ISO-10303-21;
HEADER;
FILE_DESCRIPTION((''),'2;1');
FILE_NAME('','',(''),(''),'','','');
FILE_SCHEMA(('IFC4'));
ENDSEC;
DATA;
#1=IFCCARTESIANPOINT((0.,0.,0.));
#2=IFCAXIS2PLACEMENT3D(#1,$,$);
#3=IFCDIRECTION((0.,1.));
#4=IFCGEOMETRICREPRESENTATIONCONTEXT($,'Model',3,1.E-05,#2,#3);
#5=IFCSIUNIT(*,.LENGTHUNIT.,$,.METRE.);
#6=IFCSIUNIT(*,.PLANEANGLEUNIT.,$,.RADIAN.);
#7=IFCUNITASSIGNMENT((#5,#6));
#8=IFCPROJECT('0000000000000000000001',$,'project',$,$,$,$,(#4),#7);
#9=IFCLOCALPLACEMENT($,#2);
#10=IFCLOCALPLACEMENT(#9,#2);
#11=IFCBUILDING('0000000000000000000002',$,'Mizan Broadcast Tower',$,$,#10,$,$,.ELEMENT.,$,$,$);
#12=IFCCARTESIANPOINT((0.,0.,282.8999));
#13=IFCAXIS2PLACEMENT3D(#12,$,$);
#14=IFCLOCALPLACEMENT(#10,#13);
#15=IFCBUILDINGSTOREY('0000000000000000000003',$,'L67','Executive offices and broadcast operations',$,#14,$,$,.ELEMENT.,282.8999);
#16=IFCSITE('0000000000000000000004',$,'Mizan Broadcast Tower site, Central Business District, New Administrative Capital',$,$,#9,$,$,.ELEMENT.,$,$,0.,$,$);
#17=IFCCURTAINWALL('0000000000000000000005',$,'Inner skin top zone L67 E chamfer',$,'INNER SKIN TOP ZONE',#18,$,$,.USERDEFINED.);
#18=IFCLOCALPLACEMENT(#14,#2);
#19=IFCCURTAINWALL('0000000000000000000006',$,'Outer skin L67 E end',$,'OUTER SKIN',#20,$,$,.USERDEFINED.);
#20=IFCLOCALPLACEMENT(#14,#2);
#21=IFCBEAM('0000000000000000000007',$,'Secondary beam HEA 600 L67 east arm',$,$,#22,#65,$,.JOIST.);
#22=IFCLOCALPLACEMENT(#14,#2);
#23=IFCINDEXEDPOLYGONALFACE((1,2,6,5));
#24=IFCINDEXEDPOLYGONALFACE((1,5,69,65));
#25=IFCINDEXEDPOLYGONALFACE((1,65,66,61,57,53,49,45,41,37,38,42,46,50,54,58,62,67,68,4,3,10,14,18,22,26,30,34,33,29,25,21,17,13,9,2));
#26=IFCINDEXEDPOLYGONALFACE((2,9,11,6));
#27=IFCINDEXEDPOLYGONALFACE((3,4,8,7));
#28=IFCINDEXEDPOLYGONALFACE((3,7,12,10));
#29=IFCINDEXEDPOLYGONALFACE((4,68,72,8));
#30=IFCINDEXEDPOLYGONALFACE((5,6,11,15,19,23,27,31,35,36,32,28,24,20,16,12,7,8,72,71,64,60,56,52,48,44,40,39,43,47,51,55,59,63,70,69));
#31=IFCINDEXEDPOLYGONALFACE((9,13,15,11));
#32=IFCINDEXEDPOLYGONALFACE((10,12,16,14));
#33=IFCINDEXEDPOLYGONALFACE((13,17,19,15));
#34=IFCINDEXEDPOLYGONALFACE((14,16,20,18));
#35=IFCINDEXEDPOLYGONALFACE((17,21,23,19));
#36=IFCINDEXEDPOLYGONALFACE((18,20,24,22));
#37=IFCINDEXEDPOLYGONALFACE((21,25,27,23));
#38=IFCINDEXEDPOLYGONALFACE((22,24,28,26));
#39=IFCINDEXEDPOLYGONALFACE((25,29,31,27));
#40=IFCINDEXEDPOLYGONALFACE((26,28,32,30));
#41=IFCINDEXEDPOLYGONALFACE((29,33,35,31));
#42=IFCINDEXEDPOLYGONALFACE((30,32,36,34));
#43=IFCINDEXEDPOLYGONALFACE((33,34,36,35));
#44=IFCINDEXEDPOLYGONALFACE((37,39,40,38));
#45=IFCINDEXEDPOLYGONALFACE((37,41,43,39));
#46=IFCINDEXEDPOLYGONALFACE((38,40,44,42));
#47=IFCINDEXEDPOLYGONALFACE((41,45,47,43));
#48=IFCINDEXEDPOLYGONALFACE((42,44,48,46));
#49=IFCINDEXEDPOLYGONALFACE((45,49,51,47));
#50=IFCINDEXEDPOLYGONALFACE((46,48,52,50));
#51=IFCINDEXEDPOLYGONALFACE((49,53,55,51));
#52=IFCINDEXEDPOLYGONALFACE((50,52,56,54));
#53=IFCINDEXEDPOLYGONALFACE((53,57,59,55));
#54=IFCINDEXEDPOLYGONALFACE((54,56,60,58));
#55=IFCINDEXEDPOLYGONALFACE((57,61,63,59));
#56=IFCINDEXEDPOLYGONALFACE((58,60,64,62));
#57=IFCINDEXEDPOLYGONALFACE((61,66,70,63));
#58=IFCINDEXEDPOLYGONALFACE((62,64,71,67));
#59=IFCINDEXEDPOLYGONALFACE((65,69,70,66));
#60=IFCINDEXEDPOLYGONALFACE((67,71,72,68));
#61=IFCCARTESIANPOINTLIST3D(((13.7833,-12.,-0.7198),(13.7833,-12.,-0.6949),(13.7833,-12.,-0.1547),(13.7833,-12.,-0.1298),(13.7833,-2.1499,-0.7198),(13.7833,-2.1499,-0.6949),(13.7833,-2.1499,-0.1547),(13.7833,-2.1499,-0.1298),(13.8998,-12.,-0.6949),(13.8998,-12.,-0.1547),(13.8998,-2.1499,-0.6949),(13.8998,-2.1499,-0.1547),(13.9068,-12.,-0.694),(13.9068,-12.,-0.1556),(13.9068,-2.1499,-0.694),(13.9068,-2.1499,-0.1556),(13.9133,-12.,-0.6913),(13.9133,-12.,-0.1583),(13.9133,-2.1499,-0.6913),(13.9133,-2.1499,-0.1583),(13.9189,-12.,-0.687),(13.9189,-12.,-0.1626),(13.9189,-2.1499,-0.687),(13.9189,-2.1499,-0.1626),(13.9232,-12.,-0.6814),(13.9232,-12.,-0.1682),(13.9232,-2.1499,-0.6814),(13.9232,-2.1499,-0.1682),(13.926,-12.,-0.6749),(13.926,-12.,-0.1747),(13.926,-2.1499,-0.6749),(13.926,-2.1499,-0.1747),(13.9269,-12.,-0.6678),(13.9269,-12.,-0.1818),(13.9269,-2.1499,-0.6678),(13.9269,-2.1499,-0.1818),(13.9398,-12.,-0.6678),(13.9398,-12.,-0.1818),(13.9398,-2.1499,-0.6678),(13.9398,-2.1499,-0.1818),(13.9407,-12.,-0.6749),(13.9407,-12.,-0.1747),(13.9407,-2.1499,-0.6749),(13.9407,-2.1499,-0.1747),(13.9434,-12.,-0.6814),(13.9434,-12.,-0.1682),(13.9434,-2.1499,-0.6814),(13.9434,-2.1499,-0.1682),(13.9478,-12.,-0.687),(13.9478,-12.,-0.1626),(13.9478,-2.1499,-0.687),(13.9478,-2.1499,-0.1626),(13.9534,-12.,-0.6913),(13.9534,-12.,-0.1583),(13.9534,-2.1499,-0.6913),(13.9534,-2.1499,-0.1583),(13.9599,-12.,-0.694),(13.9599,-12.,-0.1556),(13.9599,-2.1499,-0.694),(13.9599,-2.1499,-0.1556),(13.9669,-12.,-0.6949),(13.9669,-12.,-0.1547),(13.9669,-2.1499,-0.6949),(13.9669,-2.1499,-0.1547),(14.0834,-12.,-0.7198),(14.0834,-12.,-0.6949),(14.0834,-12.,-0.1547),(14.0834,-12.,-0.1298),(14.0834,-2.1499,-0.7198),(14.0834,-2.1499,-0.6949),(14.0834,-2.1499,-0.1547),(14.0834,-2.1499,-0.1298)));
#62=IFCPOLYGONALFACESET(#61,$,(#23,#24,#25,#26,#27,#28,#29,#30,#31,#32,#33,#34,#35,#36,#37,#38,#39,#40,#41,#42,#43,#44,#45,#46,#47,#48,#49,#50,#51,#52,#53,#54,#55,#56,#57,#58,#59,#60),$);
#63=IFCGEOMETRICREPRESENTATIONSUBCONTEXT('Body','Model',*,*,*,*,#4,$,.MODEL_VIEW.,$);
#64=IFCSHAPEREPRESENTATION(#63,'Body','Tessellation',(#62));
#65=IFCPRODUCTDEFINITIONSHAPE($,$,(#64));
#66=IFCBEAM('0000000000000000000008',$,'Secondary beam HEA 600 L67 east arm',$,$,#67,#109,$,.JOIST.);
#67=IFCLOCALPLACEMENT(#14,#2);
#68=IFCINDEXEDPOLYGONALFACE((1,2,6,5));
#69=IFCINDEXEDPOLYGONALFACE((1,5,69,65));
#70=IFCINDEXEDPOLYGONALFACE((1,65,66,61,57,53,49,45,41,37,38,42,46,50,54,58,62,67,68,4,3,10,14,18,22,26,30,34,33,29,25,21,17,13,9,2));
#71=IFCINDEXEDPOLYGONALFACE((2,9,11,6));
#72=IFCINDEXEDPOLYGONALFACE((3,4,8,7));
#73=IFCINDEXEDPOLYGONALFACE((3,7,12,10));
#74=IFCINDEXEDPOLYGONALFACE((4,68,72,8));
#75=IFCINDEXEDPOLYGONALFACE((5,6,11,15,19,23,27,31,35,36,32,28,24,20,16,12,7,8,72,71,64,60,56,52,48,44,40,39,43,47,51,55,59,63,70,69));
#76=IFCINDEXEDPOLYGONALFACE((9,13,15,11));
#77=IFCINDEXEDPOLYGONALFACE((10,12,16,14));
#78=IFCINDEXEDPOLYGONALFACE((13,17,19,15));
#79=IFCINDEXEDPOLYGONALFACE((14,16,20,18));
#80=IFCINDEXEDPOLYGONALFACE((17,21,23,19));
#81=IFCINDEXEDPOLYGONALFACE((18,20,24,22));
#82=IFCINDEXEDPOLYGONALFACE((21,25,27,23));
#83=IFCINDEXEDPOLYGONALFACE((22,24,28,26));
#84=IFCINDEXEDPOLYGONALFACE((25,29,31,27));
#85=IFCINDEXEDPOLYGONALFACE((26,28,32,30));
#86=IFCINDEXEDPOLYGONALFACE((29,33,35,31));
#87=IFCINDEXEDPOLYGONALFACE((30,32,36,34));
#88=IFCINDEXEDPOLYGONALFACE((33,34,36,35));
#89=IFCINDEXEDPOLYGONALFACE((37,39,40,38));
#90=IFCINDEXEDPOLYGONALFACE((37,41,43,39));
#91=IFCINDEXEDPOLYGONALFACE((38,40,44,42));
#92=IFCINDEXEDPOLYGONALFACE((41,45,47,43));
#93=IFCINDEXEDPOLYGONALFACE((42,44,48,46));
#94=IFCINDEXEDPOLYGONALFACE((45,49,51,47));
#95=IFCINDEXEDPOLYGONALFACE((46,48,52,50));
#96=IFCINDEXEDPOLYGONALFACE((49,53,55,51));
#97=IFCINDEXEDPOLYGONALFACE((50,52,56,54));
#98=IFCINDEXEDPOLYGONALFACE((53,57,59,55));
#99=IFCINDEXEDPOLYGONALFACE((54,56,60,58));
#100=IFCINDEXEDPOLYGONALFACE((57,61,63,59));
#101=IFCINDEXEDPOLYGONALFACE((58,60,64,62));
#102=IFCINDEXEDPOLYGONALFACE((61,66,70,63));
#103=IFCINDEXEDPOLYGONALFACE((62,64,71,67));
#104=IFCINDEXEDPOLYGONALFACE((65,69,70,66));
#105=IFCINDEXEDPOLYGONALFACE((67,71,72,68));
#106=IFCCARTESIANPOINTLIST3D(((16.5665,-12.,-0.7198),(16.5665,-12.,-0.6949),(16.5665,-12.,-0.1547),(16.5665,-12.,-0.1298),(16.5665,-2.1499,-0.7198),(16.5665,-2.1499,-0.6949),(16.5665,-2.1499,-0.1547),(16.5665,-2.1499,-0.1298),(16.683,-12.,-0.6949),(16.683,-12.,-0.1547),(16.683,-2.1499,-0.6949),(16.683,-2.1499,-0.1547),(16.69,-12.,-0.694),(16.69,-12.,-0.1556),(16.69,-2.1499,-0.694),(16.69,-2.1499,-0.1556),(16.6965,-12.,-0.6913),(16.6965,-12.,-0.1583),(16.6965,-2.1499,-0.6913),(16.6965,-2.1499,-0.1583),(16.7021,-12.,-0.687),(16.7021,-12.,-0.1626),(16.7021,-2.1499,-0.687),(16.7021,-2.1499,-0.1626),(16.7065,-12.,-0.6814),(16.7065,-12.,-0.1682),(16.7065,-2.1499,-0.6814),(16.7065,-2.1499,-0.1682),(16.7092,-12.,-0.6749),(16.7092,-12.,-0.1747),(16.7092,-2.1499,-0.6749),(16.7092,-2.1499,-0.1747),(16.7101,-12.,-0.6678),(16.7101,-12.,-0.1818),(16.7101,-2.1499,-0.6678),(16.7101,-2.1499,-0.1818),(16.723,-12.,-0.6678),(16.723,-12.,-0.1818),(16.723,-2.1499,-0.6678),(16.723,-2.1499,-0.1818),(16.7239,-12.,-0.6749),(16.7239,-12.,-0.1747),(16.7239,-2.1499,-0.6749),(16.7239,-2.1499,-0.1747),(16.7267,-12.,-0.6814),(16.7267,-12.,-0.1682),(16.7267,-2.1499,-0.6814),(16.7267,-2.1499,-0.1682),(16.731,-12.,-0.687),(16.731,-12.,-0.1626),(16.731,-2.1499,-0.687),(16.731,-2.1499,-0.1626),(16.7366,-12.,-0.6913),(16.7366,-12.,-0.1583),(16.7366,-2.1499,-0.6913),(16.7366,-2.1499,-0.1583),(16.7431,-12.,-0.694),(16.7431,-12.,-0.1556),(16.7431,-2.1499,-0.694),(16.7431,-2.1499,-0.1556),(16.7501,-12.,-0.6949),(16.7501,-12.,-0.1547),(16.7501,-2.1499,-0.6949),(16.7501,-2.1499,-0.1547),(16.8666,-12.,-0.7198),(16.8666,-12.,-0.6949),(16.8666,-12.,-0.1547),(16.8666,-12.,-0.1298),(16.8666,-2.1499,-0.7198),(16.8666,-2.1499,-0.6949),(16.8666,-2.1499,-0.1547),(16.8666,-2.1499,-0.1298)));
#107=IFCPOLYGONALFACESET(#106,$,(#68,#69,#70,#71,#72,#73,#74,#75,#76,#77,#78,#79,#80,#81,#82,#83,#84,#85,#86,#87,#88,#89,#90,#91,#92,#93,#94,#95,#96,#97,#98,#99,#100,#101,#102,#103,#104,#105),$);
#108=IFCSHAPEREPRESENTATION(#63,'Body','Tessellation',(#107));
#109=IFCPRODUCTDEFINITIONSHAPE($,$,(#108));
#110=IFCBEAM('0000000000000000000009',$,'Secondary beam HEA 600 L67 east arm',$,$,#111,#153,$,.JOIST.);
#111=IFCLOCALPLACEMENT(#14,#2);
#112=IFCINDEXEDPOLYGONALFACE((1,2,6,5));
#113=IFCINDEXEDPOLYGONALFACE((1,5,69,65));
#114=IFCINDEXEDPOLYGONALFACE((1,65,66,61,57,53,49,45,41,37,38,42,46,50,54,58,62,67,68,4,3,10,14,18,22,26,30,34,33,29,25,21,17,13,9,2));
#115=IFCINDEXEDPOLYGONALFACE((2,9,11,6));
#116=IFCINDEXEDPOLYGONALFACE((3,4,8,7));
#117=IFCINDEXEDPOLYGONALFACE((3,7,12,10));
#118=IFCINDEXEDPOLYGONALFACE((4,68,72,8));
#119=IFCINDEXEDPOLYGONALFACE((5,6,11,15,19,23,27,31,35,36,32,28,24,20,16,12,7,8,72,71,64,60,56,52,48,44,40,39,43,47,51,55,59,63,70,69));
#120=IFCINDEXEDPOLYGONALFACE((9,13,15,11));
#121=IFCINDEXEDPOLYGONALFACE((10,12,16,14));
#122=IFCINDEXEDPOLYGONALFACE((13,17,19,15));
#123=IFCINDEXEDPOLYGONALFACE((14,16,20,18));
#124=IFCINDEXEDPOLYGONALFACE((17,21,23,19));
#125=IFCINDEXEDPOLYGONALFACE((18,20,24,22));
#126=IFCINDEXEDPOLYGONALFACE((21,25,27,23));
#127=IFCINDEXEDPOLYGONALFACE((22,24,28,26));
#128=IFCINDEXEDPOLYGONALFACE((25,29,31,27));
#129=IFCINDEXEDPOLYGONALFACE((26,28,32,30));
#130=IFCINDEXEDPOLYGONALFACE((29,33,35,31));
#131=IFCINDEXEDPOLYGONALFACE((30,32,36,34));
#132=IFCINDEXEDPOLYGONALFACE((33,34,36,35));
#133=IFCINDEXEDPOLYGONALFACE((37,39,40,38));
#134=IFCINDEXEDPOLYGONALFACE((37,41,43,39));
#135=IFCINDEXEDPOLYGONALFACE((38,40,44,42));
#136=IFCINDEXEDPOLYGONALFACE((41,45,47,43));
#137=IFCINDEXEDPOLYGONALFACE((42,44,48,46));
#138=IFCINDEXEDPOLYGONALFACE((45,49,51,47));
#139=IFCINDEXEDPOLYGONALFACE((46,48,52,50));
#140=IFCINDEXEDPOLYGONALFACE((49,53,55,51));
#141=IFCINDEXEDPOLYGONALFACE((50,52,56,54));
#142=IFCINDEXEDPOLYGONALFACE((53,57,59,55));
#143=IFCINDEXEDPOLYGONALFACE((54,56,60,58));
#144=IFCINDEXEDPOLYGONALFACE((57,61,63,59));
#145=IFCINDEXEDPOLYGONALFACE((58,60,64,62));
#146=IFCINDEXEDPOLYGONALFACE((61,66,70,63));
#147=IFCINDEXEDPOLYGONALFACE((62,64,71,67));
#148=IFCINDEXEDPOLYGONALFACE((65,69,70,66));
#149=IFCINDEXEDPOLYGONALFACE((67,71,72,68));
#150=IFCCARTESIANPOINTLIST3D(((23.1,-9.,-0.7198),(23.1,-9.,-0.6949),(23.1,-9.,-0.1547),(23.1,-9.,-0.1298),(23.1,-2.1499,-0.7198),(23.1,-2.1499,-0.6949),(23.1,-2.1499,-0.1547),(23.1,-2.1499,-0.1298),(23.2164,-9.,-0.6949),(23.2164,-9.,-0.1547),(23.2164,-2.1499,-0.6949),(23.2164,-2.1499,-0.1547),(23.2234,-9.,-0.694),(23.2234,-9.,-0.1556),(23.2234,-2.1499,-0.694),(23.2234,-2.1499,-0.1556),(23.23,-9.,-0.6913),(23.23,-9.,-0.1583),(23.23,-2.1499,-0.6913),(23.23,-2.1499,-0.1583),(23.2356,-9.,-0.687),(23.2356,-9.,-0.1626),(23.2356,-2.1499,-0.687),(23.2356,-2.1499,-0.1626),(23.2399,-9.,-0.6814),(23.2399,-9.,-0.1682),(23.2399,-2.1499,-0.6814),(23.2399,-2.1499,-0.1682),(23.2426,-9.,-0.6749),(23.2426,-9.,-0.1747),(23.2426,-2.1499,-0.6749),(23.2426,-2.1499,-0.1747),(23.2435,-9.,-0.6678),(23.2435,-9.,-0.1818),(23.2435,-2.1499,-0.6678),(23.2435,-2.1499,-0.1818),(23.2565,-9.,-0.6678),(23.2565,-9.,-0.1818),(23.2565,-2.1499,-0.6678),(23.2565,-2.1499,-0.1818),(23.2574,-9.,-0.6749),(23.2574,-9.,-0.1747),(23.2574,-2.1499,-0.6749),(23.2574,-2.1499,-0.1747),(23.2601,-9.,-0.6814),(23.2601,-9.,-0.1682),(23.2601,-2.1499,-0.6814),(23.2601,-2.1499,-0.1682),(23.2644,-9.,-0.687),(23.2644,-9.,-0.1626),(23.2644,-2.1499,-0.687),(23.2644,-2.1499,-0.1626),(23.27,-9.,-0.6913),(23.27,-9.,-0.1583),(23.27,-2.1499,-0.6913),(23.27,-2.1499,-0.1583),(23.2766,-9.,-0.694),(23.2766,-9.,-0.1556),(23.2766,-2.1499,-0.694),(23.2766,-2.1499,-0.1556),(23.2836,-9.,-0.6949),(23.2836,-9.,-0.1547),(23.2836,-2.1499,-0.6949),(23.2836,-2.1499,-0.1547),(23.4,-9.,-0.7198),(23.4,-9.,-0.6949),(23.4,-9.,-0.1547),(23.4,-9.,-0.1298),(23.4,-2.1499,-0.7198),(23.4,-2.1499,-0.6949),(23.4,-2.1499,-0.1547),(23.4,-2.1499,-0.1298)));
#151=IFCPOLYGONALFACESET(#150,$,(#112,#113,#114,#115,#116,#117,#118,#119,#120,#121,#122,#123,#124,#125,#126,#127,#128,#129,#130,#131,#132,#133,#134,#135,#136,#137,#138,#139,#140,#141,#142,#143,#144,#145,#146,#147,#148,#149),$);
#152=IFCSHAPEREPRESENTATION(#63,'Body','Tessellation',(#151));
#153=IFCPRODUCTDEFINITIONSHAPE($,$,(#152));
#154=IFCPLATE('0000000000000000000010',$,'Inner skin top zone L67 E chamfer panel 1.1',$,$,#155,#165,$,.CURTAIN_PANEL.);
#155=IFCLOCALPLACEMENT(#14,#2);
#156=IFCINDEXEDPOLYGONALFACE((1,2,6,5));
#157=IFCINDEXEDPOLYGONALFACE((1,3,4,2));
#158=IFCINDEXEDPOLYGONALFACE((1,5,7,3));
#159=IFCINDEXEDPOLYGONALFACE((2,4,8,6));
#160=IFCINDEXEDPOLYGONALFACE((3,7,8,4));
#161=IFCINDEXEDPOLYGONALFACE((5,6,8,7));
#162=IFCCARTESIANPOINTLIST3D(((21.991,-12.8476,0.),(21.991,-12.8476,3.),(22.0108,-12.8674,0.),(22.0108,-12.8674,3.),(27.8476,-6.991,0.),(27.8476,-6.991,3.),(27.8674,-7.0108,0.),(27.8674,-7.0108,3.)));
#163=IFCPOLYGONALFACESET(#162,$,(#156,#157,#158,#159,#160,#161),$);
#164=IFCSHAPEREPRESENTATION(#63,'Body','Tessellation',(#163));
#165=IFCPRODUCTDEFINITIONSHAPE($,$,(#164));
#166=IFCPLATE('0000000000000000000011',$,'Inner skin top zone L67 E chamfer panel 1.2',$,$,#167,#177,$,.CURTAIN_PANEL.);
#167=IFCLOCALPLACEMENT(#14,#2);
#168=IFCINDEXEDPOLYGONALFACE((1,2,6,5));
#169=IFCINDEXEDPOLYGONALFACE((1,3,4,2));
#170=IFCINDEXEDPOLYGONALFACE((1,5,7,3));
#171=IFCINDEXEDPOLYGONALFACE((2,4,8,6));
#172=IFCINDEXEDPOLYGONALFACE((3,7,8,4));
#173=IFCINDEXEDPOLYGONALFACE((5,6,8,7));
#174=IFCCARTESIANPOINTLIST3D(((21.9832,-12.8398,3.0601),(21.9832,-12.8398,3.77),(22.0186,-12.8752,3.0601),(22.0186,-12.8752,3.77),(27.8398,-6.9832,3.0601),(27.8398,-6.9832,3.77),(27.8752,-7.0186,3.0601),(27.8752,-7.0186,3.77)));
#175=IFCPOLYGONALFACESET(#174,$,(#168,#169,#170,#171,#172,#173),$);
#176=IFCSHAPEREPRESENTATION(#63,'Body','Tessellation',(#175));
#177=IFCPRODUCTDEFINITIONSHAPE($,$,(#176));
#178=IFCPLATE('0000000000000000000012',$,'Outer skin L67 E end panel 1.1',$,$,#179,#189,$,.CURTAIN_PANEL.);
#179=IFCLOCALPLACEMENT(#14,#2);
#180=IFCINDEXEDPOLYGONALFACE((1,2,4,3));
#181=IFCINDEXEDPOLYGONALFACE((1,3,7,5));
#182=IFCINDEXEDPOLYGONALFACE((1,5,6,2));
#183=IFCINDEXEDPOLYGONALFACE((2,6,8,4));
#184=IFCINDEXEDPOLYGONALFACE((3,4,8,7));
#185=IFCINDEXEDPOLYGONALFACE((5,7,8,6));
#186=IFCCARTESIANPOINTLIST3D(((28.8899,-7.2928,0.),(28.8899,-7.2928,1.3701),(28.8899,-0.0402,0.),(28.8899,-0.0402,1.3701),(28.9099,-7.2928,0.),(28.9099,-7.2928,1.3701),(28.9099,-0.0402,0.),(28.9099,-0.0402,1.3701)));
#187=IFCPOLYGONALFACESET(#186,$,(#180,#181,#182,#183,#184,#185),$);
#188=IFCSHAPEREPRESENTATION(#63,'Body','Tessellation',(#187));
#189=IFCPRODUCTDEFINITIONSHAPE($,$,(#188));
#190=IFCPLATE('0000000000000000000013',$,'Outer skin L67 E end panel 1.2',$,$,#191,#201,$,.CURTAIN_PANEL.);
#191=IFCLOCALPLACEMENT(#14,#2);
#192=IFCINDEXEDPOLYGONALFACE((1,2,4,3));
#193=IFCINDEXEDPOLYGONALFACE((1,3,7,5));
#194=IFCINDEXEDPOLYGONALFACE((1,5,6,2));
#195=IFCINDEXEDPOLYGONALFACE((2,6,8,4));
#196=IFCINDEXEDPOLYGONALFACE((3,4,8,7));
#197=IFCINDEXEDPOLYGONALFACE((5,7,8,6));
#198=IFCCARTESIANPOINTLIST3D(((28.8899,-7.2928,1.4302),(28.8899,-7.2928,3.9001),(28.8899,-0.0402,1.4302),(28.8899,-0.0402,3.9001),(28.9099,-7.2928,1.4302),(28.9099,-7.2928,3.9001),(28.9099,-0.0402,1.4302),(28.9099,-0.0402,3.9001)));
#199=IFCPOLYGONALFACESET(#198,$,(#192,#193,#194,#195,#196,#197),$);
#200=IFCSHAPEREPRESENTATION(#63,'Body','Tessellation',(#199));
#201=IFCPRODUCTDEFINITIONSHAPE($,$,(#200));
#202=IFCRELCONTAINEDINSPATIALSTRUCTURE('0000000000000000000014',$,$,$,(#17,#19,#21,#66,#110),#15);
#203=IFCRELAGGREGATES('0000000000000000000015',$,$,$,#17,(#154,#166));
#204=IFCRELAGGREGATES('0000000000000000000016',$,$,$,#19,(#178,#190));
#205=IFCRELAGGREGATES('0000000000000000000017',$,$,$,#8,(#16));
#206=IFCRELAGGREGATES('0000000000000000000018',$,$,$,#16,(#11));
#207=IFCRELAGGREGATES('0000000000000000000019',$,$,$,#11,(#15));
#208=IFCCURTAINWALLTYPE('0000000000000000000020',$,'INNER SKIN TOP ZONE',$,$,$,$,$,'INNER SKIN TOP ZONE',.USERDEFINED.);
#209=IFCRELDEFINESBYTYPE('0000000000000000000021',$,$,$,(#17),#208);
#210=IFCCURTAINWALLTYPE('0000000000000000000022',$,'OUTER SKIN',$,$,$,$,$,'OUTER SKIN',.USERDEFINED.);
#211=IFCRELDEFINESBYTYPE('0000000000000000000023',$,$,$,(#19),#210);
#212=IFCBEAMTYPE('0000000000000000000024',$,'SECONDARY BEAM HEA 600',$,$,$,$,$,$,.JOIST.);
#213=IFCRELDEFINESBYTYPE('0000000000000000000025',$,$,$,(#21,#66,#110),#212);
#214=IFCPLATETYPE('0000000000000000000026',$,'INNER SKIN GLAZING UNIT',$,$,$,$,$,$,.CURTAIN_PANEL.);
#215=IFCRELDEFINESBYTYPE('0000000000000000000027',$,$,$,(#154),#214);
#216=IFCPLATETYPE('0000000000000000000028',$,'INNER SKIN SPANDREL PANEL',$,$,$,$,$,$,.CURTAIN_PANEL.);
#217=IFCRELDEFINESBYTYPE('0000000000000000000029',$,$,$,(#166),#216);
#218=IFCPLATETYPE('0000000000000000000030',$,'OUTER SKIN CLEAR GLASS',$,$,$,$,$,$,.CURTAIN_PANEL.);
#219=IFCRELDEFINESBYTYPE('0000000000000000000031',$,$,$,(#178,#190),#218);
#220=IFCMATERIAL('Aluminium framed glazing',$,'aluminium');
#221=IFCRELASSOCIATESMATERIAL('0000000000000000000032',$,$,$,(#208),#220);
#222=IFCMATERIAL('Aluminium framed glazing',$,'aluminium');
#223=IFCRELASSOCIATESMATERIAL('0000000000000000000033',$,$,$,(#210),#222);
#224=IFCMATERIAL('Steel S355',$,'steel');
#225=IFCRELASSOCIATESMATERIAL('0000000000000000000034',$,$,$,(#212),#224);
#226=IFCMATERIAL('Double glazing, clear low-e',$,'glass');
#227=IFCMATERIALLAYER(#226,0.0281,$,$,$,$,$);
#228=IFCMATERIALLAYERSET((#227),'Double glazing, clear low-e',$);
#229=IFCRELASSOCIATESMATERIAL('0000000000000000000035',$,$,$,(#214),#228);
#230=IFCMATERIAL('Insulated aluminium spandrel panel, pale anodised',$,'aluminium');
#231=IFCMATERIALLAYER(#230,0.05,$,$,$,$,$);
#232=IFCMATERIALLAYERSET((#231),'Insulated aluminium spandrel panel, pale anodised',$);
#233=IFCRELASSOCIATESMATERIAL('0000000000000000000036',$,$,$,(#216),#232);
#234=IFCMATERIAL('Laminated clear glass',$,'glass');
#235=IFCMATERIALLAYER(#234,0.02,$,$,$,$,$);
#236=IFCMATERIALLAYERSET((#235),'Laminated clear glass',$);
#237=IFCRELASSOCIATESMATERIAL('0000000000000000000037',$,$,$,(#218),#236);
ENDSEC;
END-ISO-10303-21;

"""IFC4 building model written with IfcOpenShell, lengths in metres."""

from ifc_helpers import new_model, si_unit, direction, frame, origin, origin_2d, place, context, subcontext, project, spatial, rectangle, i_section, extrude, material, layer, layer_set, material_profile, profile_set, type_object, element, aggregate, save


model = new_model("IFC4")

# Units and contexts
model_context = context("Model", 3, precision=1e-05, world=origin(), true_north=direction((0.0, 1.0)))
body_context = subcontext(model_context, "Body", "Model", "MODEL_VIEW")
ifc_project = project(units=[si_unit("LENGTHUNIT", "METRE"), si_unit("PLANEANGLEUNIT", "RADIAN")], contexts=[model_context])

# Site, building, storey
site_placement = place(None, origin())
site = spatial("IfcSite", under=ifc_project, at=site_placement, Name="Mizan Broadcast Tower site, Central Business District, New Administrative Capital", CompositionType="ELEMENT", RefElevation=0.0)
building_placement = place(site_placement, origin())
building = spatial("IfcBuilding", under=site, at=building_placement, Name="Mizan Broadcast Tower", CompositionType="ELEMENT")
storey_placement = place(building_placement, frame((0.0, 0.0, 282.8999)))
storey = spatial("IfcBuildingStorey", under=building, at=storey_placement, Name="L67", Description="Executive offices and broadcast operations", CompositionType="ELEMENT", Elevation=282.8999)

# Curtain wall
ifc_material_1 = material(Name="Aluminium framed glazing", Category="aluminium")
curtain_wall_type_1 = type_object("IfcCurtainWallType", Name="INNER SKIN TOP ZONE", ElementType="INNER SKIN TOP ZONE", PredefinedType="USERDEFINED", material=ifc_material_1)
curtain_wall_1_placement = place(storey_placement, origin())
curtain_wall_1 = element("IfcCurtainWall", 1, at=curtain_wall_1_placement, inside=storey, type_object=curtain_wall_type_1, Name="Inner skin top zone L67 E chamfer", ObjectType="INNER SKIN TOP ZONE", PredefinedType="USERDEFINED")

# Shared definitions
ifc_material_2 = material(Name="Aluminium framed glazing", Category="aluminium")
curtain_wall_type_2 = type_object("IfcCurtainWallType", Name="OUTER SKIN", ElementType="OUTER SKIN", PredefinedType="USERDEFINED", material=ifc_material_2)

# Curtain wall
curtain_wall_2_placement = place(storey_placement, origin())
curtain_wall_2 = element("IfcCurtainWall", 2, at=curtain_wall_2_placement, inside=storey, type_object=curtain_wall_type_2, Name="Outer skin L67 E end", ObjectType="OUTER SKIN", PredefinedType="USERDEFINED")

# Beams
ifc_material_3 = material(Name="Steel S355", Category="steel")
ifc_material_profile_1 = material_profile(ifc_material_3, i_section(OverallWidth=0.3, OverallDepth=0.5901, WebThickness=0.0129, FlangeThickness=0.0249, FilletRadius=0.0271, at=origin_2d()), Name="HEA 600")
ifc_profile_set_1 = profile_set([ifc_material_profile_1], Name="Steel S355")
beam_type_1 = type_object("IfcBeamType", Name="SECONDARY BEAM HEA 600", PredefinedType="JOIST", material=ifc_profile_set_1)
for number, where, z_axis, x_axis, name in (
    (3, (13.9333, -12.0, -0.4248), (0.0, 1.0, 0.0), (-1.0, 0.0, 0.0), "Secondary beam HEA 600 L67 east arm"),
    (4, (16.7166, -12.0, -0.4248), (0.0, 1.0, 0.0), (-1.0, 0.0, 0.0), "Secondary beam HEA 600 L67 east arm"),
):
    element("IfcBeam", number, at=place(storey_placement, frame(where, z_axis=z_axis, x_axis=x_axis)), inside=storey, type_object=beam_type_1, Name=name, PredefinedType="JOIST", context=body_context, shape_type="SweptSolid", body=[
        extrude(i_section(OverallWidth=0.3, OverallDepth=0.5901, WebThickness=0.0129, FlangeThickness=0.0249, FilletRadius=0.0271, at=origin_2d()), origin(), (0.0, 0.0, 1.0), 9.8501),
    ])
beam_1_placement = place(storey_placement, frame((23.25, -9.0, -0.4248), z_axis=(0.0, 1.0, 0.0), x_axis=(-1.0, 0.0, 0.0)))
element("IfcBeam", 5, at=beam_1_placement, inside=storey, type_object=beam_type_1, Name="Secondary beam HEA 600 L67 east arm", PredefinedType="JOIST", context=body_context, shape_type="SweptSolid", body=[
    extrude(i_section(OverallWidth=0.3, OverallDepth=0.5901, WebThickness=0.0129, FlangeThickness=0.0249, FilletRadius=0.0271, at=origin_2d()), origin(), (0.0, 0.0, 1.0), 6.8501),
])

# Plates
ifc_material_4 = material(Name="Double glazing, clear low-e", Category="glass")
ifc_layer_1 = layer(ifc_material_4, 0.0281)
ifc_layer_set_1 = layer_set([ifc_layer_1], Name="Double glazing, clear low-e")
plate_type_1 = type_object("IfcPlateType", Name="INNER SKIN GLAZING UNIT", PredefinedType="CURTAIN_PANEL", material=ifc_layer_set_1)
plate_1_placement = place(storey_placement, frame((24.9292, -9.9292, 0.0), z_axis=(0.0, 0.0, 1.0), x_axis=(0.707107, 0.707107, 0.0)))
plate_1 = element("IfcPlate", 6, at=plate_1_placement, type_object=plate_type_1, Name="Inner skin top zone L67 E chamfer panel 1.1", PredefinedType="CURTAIN_PANEL", context=body_context, shape_type="SweptSolid", body=[
    extrude(rectangle(XDim=8.2825, YDim=0.0281, at=origin_2d()), origin(), (0.0, 0.0, 1.0), 3.0),
])
ifc_material_5 = material(Name="Insulated aluminium spandrel panel, pale anodised", Category="aluminium")
ifc_layer_2 = layer(ifc_material_5, 0.05)
ifc_layer_set_2 = layer_set([ifc_layer_2], Name="Insulated aluminium spandrel panel, pale anodised")
plate_type_2 = type_object("IfcPlateType", Name="INNER SKIN SPANDREL PANEL", PredefinedType="CURTAIN_PANEL", material=ifc_layer_set_2)
plate_2_placement = place(storey_placement, frame((24.9292, -9.9292, 3.0601), z_axis=(0.0, 0.0, 1.0), x_axis=(0.707107, 0.707107, 0.0)))
plate_2 = element("IfcPlate", 7, at=plate_2_placement, type_object=plate_type_2, Name="Inner skin top zone L67 E chamfer panel 1.2", PredefinedType="CURTAIN_PANEL", context=body_context, shape_type="SweptSolid", body=[
    extrude(rectangle(XDim=8.2825, YDim=0.05, at=origin_2d()), origin(), (0.0, 0.0, 1.0), 0.71),
])
aggregate(curtain_wall_1, [plate_1, plate_2])
ifc_material_6 = material(Name="Laminated clear glass", Category="glass")
ifc_layer_3 = layer(ifc_material_6, 0.02)
ifc_layer_set_3 = layer_set([ifc_layer_3], Name="Laminated clear glass")
plate_type_3 = type_object("IfcPlateType", Name="OUTER SKIN CLEAR GLASS", PredefinedType="CURTAIN_PANEL", material=ifc_layer_set_3)
plate_3_placement = place(storey_placement, frame((28.8999, -3.6665, 0.0), z_axis=(0.0, 0.0, 1.0), x_axis=(0.0, 1.0, 0.0)))
plate_3 = element("IfcPlate", 8, at=plate_3_placement, type_object=plate_type_3, Name="Outer skin L67 E end panel 1.1", PredefinedType="CURTAIN_PANEL", context=body_context, shape_type="SweptSolid", body=[
    extrude(rectangle(XDim=7.2527, YDim=0.02, at=origin_2d()), origin(), (0.0, 0.0, 1.0), 1.3701),
])
plate_4_placement = place(storey_placement, frame((28.8999, -3.6665, 1.4302), z_axis=(0.0, 0.0, 1.0), x_axis=(0.0, 1.0, 0.0)))
plate_4 = element("IfcPlate", 9, at=plate_4_placement, type_object=plate_type_3, Name="Outer skin L67 E end panel 1.2", PredefinedType="CURTAIN_PANEL", context=body_context, shape_type="SweptSolid", body=[
    extrude(rectangle(XDim=7.2527, YDim=0.02, at=origin_2d()), origin(), (0.0, 0.0, 1.0), 2.47),
])
aggregate(curtain_wall_2, [plate_3, plate_4])

save(model, "model.ifc")
